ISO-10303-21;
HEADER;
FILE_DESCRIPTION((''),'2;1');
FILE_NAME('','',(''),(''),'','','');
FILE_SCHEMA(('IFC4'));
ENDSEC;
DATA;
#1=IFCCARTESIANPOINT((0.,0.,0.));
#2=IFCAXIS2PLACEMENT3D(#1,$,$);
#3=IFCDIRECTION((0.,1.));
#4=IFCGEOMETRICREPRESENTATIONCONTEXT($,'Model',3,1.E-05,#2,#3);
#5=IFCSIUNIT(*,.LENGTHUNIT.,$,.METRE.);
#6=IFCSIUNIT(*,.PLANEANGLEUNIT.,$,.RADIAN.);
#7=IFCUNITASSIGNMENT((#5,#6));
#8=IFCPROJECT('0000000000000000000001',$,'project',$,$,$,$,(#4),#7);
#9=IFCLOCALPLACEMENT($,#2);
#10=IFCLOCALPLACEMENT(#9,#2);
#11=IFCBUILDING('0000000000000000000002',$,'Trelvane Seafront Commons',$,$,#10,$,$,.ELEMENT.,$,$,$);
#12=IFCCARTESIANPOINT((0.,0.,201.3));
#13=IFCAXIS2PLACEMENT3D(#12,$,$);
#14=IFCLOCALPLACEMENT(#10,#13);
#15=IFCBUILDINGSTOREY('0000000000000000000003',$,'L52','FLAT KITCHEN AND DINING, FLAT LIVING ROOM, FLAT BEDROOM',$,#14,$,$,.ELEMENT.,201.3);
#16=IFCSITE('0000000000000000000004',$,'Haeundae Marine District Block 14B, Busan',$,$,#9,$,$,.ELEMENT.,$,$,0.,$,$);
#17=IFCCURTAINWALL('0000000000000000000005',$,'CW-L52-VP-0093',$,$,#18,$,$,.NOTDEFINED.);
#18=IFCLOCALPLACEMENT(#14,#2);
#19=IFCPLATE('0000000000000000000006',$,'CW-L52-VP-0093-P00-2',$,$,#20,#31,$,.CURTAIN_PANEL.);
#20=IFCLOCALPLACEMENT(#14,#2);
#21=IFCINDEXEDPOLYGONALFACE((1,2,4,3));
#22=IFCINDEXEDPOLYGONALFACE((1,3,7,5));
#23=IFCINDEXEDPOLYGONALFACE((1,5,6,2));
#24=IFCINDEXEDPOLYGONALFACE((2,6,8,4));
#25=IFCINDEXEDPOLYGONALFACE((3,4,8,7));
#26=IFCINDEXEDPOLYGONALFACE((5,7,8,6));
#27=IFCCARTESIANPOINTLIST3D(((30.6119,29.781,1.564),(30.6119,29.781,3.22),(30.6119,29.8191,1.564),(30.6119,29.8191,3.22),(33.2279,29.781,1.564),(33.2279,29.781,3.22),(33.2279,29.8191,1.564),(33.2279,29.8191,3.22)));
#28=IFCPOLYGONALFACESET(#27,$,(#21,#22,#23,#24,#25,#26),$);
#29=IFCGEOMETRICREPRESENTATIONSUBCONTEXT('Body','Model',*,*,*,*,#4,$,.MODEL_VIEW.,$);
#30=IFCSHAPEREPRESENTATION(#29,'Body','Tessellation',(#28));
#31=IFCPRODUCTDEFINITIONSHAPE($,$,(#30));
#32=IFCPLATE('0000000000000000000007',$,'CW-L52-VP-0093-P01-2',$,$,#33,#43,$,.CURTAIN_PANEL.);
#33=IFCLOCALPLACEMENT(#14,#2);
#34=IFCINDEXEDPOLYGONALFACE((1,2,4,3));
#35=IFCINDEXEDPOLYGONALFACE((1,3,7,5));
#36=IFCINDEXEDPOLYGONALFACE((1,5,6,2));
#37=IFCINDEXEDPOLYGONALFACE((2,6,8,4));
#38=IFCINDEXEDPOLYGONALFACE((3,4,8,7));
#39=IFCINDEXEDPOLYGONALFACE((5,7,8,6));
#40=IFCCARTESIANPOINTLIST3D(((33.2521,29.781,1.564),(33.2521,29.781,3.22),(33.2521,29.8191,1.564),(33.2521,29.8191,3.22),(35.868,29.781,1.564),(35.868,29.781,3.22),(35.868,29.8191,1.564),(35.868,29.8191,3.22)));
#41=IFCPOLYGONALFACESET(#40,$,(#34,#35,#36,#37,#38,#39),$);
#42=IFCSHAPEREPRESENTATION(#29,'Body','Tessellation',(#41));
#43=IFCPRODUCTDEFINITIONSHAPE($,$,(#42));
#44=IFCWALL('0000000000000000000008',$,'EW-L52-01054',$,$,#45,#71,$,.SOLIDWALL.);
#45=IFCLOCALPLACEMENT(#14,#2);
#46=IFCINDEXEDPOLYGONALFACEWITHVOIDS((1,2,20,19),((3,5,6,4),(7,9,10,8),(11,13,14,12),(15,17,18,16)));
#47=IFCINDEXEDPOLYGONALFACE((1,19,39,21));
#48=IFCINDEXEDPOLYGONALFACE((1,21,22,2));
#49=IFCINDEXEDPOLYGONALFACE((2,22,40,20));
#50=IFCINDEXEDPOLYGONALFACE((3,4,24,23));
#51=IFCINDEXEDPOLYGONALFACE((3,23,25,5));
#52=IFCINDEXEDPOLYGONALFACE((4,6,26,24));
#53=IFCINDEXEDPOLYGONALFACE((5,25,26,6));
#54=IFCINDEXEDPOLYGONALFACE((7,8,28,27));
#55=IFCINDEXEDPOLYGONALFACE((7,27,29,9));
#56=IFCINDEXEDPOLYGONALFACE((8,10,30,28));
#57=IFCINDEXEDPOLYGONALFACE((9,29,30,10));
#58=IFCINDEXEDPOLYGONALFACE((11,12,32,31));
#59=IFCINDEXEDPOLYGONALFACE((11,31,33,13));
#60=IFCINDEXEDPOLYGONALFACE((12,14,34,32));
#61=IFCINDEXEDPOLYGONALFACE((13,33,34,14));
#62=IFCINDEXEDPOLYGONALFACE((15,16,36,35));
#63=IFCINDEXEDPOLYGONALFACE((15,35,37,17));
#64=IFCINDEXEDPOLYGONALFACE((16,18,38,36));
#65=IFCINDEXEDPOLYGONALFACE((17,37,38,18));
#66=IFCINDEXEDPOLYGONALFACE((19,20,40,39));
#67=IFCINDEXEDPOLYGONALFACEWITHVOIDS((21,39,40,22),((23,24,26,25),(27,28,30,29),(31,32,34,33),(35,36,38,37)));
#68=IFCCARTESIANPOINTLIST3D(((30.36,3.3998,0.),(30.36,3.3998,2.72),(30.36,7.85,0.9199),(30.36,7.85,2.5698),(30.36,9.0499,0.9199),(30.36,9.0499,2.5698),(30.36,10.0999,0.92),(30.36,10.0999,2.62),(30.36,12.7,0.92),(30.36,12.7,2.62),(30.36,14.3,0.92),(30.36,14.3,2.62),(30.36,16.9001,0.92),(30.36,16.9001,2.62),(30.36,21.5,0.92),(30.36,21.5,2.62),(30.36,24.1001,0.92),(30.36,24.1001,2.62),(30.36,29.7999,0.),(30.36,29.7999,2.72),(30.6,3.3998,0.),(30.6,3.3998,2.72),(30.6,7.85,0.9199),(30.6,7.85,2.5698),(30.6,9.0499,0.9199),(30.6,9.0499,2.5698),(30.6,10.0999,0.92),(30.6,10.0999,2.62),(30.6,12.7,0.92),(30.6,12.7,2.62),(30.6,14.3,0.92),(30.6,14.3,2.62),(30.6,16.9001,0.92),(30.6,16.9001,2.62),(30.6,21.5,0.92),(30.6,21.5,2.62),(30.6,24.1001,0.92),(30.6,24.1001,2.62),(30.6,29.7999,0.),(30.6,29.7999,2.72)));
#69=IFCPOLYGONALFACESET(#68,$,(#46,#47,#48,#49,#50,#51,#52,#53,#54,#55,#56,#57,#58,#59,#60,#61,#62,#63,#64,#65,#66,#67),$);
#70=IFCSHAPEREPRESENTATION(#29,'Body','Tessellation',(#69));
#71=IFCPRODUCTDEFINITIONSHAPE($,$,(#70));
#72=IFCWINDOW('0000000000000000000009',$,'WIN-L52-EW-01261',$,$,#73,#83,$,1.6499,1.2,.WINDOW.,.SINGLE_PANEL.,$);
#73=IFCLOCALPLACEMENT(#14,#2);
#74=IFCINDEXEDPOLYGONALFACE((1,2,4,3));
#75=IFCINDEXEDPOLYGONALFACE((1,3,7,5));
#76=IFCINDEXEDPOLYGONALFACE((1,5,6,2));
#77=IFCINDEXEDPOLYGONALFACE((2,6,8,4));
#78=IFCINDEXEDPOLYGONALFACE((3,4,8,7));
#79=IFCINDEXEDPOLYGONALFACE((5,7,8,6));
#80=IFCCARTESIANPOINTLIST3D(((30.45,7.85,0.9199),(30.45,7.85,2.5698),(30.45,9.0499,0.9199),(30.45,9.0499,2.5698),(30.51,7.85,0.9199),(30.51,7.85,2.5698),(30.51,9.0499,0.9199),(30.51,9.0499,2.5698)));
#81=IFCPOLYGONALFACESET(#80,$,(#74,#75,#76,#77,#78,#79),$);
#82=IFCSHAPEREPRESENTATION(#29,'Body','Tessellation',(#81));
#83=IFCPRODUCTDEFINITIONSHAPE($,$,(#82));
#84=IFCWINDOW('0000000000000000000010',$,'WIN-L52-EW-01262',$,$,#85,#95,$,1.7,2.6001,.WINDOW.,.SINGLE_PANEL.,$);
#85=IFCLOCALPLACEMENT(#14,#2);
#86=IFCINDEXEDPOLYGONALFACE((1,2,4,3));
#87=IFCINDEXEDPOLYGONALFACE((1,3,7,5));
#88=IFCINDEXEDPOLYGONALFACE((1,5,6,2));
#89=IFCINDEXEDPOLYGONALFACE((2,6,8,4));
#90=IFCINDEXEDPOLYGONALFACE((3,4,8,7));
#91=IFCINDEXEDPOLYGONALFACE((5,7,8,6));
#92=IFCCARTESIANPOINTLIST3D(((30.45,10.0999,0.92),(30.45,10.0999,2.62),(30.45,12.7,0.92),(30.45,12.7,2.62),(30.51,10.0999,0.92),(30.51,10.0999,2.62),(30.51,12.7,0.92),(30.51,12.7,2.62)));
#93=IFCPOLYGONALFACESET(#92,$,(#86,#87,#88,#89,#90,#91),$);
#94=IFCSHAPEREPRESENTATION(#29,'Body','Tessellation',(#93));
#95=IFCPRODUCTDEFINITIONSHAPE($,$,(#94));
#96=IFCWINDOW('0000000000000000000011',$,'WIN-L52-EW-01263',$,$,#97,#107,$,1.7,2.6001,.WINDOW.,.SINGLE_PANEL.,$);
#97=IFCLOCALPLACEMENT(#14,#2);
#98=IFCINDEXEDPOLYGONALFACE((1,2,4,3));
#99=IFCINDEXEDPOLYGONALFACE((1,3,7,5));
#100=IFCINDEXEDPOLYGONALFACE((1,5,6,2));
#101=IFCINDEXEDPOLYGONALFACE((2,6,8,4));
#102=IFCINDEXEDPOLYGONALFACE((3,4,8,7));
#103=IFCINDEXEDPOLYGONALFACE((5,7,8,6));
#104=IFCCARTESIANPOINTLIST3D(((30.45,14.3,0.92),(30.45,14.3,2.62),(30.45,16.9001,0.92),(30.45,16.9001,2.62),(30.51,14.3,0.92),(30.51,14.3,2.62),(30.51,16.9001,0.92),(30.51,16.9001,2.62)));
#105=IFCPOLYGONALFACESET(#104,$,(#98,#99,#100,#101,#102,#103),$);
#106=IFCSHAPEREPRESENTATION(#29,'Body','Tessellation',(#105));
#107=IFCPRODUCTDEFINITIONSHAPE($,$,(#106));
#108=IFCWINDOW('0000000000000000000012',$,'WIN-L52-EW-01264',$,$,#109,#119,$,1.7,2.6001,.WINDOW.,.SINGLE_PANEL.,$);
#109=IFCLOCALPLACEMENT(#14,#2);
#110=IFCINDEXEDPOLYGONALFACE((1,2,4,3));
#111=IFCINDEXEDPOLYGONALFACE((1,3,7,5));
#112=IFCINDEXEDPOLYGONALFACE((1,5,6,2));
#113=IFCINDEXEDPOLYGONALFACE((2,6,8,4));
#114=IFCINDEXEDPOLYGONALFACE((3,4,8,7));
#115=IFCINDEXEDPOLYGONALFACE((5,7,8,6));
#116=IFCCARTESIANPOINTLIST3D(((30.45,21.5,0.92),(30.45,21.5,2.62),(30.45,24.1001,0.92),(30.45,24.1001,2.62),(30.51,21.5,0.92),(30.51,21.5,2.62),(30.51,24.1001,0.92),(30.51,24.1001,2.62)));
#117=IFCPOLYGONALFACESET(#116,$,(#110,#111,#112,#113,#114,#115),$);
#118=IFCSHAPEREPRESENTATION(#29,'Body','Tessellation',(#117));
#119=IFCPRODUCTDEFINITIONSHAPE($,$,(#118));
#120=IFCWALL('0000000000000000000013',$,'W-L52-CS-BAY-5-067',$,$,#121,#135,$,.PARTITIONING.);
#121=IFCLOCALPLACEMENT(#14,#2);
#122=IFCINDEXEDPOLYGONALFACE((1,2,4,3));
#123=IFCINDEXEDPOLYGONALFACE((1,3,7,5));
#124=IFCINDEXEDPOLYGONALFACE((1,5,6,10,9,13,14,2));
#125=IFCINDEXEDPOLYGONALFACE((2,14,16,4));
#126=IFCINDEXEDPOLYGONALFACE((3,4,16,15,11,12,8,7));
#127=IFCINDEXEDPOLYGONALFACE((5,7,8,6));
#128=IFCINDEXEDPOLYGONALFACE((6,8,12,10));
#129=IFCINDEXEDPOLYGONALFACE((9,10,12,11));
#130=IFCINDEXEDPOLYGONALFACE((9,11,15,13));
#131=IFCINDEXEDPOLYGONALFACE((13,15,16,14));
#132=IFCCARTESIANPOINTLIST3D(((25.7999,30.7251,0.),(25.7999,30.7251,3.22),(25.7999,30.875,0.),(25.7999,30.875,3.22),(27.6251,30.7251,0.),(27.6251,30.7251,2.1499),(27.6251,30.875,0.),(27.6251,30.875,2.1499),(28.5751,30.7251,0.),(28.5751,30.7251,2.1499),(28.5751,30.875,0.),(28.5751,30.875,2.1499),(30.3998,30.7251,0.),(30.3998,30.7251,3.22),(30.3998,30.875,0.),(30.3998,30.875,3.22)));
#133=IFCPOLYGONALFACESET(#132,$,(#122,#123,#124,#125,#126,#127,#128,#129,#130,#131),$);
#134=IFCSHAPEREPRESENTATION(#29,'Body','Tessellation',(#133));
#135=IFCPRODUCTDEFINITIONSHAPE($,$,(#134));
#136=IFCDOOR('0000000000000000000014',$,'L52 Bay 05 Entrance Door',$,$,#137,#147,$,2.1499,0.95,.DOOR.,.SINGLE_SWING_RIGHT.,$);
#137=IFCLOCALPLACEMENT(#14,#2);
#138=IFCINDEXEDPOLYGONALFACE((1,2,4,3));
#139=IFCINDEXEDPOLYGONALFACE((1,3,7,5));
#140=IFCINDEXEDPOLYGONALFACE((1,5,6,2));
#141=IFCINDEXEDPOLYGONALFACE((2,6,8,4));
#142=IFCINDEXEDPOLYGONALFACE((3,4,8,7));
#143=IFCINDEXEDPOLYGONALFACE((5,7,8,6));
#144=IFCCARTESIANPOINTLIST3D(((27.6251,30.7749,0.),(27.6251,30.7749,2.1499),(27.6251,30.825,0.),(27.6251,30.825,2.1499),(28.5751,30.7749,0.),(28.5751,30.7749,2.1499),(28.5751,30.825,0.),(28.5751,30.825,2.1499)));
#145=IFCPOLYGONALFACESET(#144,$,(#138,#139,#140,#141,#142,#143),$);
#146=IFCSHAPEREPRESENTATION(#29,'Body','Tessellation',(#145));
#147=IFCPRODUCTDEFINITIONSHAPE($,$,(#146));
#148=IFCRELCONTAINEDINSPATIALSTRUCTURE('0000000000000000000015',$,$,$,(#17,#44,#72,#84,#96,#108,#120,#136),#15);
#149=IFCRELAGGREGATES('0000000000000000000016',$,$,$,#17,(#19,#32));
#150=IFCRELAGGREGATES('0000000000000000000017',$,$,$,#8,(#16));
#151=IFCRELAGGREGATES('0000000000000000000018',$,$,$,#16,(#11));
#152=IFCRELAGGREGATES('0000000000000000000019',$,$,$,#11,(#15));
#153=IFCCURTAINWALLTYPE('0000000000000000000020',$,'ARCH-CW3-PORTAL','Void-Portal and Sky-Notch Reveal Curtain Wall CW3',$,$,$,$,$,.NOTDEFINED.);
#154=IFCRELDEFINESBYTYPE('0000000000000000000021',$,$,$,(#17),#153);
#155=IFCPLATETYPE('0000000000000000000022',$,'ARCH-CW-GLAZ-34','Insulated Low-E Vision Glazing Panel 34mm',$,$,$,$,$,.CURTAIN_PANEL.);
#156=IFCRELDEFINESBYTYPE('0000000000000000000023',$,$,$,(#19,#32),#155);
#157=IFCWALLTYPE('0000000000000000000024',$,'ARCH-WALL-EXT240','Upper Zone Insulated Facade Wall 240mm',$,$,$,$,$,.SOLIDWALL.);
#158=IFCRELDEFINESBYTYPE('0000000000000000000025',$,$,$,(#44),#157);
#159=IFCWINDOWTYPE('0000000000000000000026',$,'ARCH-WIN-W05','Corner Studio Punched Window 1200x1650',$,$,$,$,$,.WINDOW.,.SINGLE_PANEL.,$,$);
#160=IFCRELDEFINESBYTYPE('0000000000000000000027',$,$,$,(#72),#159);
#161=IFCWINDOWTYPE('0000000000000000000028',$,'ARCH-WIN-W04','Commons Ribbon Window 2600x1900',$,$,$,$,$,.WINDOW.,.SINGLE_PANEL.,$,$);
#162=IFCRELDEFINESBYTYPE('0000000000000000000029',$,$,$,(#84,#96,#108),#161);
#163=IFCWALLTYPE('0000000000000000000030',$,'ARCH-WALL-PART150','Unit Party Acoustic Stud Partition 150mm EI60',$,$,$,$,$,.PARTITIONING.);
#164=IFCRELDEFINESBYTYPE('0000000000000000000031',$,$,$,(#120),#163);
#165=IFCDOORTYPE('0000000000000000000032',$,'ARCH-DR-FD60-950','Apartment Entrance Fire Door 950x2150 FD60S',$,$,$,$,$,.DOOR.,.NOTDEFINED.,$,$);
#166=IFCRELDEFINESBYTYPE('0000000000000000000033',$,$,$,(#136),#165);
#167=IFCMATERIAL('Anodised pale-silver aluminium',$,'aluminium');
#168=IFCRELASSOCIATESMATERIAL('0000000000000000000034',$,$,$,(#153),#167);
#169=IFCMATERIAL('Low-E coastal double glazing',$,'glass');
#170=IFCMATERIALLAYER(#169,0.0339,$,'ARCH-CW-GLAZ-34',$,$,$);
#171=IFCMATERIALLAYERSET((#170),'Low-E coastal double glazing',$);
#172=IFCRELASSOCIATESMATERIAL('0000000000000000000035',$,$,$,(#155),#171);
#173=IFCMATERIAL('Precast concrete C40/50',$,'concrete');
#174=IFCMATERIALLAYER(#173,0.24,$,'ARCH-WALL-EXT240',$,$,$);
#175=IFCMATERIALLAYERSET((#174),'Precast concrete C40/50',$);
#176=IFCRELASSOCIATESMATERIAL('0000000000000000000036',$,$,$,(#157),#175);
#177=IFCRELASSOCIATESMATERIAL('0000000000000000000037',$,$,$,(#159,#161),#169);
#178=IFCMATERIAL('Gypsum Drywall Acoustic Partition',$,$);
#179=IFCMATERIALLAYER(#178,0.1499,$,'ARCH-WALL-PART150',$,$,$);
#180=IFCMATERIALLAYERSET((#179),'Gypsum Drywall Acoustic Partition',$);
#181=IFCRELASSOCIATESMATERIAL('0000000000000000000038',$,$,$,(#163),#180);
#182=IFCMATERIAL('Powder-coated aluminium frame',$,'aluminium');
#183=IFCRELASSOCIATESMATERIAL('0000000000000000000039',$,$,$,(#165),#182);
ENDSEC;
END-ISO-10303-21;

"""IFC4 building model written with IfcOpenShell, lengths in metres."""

from ifc_helpers import new_model, si_unit, direction, frame, frame_2d, origin, origin_2d, place, context, subcontext, project, spatial, rectangle, extrude, source, transform, mapped, material, layer, layer_set, type_object, element, fill, aggregate, save


model = new_model("IFC4")

# Units and contexts
model_context = context("Model", 3, precision=1e-05, world=origin(), true_north=direction((0.0, 1.0)))
body_context = subcontext(model_context, "Body", "Model", "MODEL_VIEW")
ifc_project = project(units=[si_unit("LENGTHUNIT", "METRE"), si_unit("PLANEANGLEUNIT", "RADIAN")], contexts=[model_context])

# Site, building, storey
site_placement = place(None, origin())
site = spatial("IfcSite", under=ifc_project, at=site_placement, Name="Haeundae Marine District Block 14B, Busan", CompositionType="ELEMENT", RefElevation=0.0)
building_placement = place(site_placement, origin())
building = spatial("IfcBuilding", under=site, at=building_placement, Name="Trelvane Seafront Commons", CompositionType="ELEMENT")
storey_placement = place(building_placement, frame((0.0, 0.0, 201.3)))
storey = spatial("IfcBuildingStorey", under=building, at=storey_placement, Name="L52", Description="FLAT KITCHEN AND DINING, FLAT LIVING ROOM, FLAT BEDROOM", CompositionType="ELEMENT", Elevation=201.3)

# Curtain wall, plates
ifc_material_1 = material(Name="Anodised pale-silver aluminium", Category="aluminium")
curtain_wall_type = type_object("IfcCurtainWallType", Name="ARCH-CW3-PORTAL", Description="Void-Portal and Sky-Notch Reveal Curtain Wall CW3", PredefinedType="NOTDEFINED", material=ifc_material_1)
curtain_wall_placement = place(storey_placement, origin())
curtain_wall = element("IfcCurtainWall", 1, at=curtain_wall_placement, inside=storey, type_object=curtain_wall_type, Name="CW-L52-VP-0093", PredefinedType="NOTDEFINED")
ifc_material_2 = material(Name="Low-E coastal double glazing", Category="glass")
ifc_layer_1 = layer(ifc_material_2, 0.0339, Name="ARCH-CW-GLAZ-34")
ifc_layer_set_1 = layer_set([ifc_layer_1], Name="Low-E coastal double glazing")
plate_type = type_object("IfcPlateType", Name="ARCH-CW-GLAZ-34", Description="Insulated Low-E Vision Glazing Panel 34mm", PredefinedType="CURTAIN_PANEL", material=ifc_layer_set_1)
shared_shape_1 = source(origin(), body_context, "Body", "SweptSolid", [
    extrude(rectangle(XDim=2.616, YDim=0.0381, at=origin_2d()), origin(), (0.0, 0.0, 1.0), 1.656),
])
plate_1_placement = place(storey_placement, frame((31.9199, 29.8, 1.564), z_axis=(0.0, 0.0, 1.0), x_axis=(1.0, 0.0, 0.0)))
plate_1 = element("IfcPlate", 2, at=plate_1_placement, type_object=plate_type, Name="CW-L52-VP-0093-P00-2", PredefinedType="CURTAIN_PANEL", context=body_context, shape_type="MappedRepresentation", body=[
    mapped(shared_shape_1, transform((0.0, 0.0, 0.0), x_axis=(1.0, 0.0, 0.0), y_axis=(0.0, 1.0, 0.0), z_axis=(0.0, 0.0, 1.0), scale=1.0)),
])
plate_2_placement = place(storey_placement, frame((34.5601, 29.8, 1.564), z_axis=(0.0, 0.0, 1.0), x_axis=(1.0, 0.0, 0.0)))
plate_2 = element("IfcPlate", 3, at=plate_2_placement, type_object=plate_type, Name="CW-L52-VP-0093-P01-2", PredefinedType="CURTAIN_PANEL", context=body_context, shape_type="MappedRepresentation", body=[
    mapped(shared_shape_1, transform((0.0, 0.0, 0.0), x_axis=(1.0, 0.0, 0.0), y_axis=(0.0, 1.0, 0.0), z_axis=(0.0, 0.0, 1.0), scale=1.0)),
])
aggregate(curtain_wall, [plate_1, plate_2])

# Wall, openings, windows
ifc_material_3 = material(Name="Precast concrete C40/50", Category="concrete")
ifc_layer_2 = layer(ifc_material_3, 0.24, Name="ARCH-WALL-EXT240")
ifc_layer_set_2 = layer_set([ifc_layer_2], Name="Precast concrete C40/50")
wall_type_1 = type_object("IfcWallType", Name="ARCH-WALL-EXT240", Description="Upper Zone Insulated Facade Wall 240mm", PredefinedType="SOLIDWALL", material=ifc_layer_set_2)
wall_1_placement = place(storey_placement, frame((30.48, 29.8, 0.0), z_axis=(0.0, 0.0, 1.0), x_axis=(0.0, -1.0, 0.0)))
wall_1 = element("IfcWall", 4, at=wall_1_placement, inside=storey, type_object=wall_type_1, Name="EW-L52-01054", PredefinedType="SOLIDWALL", context=body_context, shape_type="SweptSolid", body=[
    extrude(rectangle(XDim=26.4001, YDim=0.24, at=frame_2d((13.2002, 0.0))), origin(), (0.0, 0.0, 1.0), 2.72),
])
opening_1_placement = place(wall_1_placement, frame((20.75, 0.0, 0.9199)))
opening_1 = element("IfcOpeningElement", 5, at=opening_1_placement, cuts=wall_1, PredefinedType="OPENING", context=body_context, shape_type="SweptSolid", body=[
    extrude(rectangle(XDim=1.2, YDim=1.6499, at=frame_2d((0.6001, 0.825))), frame((0.0, 0.1299, 0.0), z_axis=(0.0, -1.0, 0.0), x_axis=(1.0, 0.0, 0.0)), (0.0, 0.0, 1.0), 0.26),
])
opening_2_placement = place(wall_1_placement, frame((17.1001, 0.0, 0.9199)))
opening_2 = element("IfcOpeningElement", 6, at=opening_2_placement, cuts=wall_1, PredefinedType="OPENING", context=body_context, shape_type="SweptSolid", body=[
    extrude(rectangle(XDim=2.6001, YDim=1.7, at=frame_2d((1.3, 0.8501))), frame((0.0, 0.1299, 0.0), z_axis=(0.0, -1.0, 0.0), x_axis=(1.0, 0.0, 0.0)), (0.0, 0.0, 1.0), 0.26),
])
opening_3_placement = place(wall_1_placement, frame((12.8999, 0.0, 0.9199)))
opening_3 = element("IfcOpeningElement", 7, at=opening_3_placement, cuts=wall_1, PredefinedType="OPENING", context=body_context, shape_type="SweptSolid", body=[
    extrude(rectangle(XDim=2.6001, YDim=1.7, at=frame_2d((1.3, 0.8501))), frame((0.0, 0.1299, 0.0), z_axis=(0.0, -1.0, 0.0), x_axis=(1.0, 0.0, 0.0)), (0.0, 0.0, 1.0), 0.26),
])
opening_4_placement = place(wall_1_placement, frame((5.7, 0.0, 0.9199)))
opening_4 = element("IfcOpeningElement", 8, at=opening_4_placement, cuts=wall_1, PredefinedType="OPENING", context=body_context, shape_type="SweptSolid", body=[
    extrude(rectangle(XDim=2.6001, YDim=1.7, at=frame_2d((1.3, 0.8501))), frame((0.0, 0.1299, 0.0), z_axis=(0.0, -1.0, 0.0), x_axis=(1.0, 0.0, 0.0)), (0.0, 0.0, 1.0), 0.26),
])
window_type_1 = type_object("IfcWindowType", Name="ARCH-WIN-W05", Description="Corner Studio Punched Window 1200x1650", PartitioningType="SINGLE_PANEL", PredefinedType="WINDOW", material=ifc_material_2)
shared_shape_2 = source(origin(), body_context, "Body", "SweptSolid", [
    extrude(rectangle(XDim=1.2, YDim=1.6499, at=frame_2d((0.6001, 0.825))), frame((0.0, 0.03, 0.0), z_axis=(0.0, -1.0, 0.0), x_axis=(1.0, 0.0, 0.0)), (0.0, 0.0, 1.0), 0.0601),
])
window_1_placement = place(opening_1_placement, origin())
window_1 = element("IfcWindow", 9, at=window_1_placement, inside=storey, type_object=window_type_1, Name="WIN-L52-EW-01261", OverallHeight=1.6499, OverallWidth=1.2, PartitioningType="SINGLE_PANEL", PredefinedType="WINDOW", context=body_context, shape_type="MappedRepresentation", body=[
    mapped(shared_shape_2, transform((0.0, 0.0, 0.0), x_axis=(1.0, 0.0, 0.0), y_axis=(0.0, 1.0, 0.0), z_axis=(0.0, 0.0, 1.0), scale=1.0)),
])
fill(opening_1, window_1)
window_type_2 = type_object("IfcWindowType", Name="ARCH-WIN-W04", Description="Commons Ribbon Window 2600x1900", PartitioningType="SINGLE_PANEL", PredefinedType="WINDOW", material=ifc_material_2)
shared_shape_3 = source(origin(), body_context, "Body", "SweptSolid", [
    extrude(rectangle(XDim=2.6001, YDim=1.7, at=frame_2d((1.3, 0.8501))), frame((0.0, 0.03, 0.0), z_axis=(0.0, -1.0, 0.0), x_axis=(1.0, 0.0, 0.0)), (0.0, 0.0, 1.0), 0.0601),
])
window_2_placement = place(opening_2_placement, origin())
window_2 = element("IfcWindow", 10, at=window_2_placement, inside=storey, type_object=window_type_2, Name="WIN-L52-EW-01262", OverallHeight=1.7, OverallWidth=2.6001, PartitioningType="SINGLE_PANEL", PredefinedType="WINDOW", context=body_context, shape_type="MappedRepresentation", body=[
    mapped(shared_shape_3, transform((0.0, 0.0, 0.0), x_axis=(1.0, 0.0, 0.0), y_axis=(0.0, 1.0, 0.0), z_axis=(0.0, 0.0, 1.0), scale=1.0)),
])
fill(opening_2, window_2)
window_3_placement = place(opening_3_placement, origin())
window_3 = element("IfcWindow", 11, at=window_3_placement, inside=storey, type_object=window_type_2, Name="WIN-L52-EW-01263", OverallHeight=1.7, OverallWidth=2.6001, PartitioningType="SINGLE_PANEL", PredefinedType="WINDOW", context=body_context, shape_type="MappedRepresentation", body=[
    mapped(shared_shape_3, transform((0.0, 0.0, 0.0), x_axis=(1.0, 0.0, 0.0), y_axis=(0.0, 1.0, 0.0), z_axis=(0.0, 0.0, 1.0), scale=1.0)),
])
fill(opening_3, window_3)
window_4_placement = place(opening_4_placement, origin())
window_4 = element("IfcWindow", 12, at=window_4_placement, inside=storey, type_object=window_type_2, Name="WIN-L52-EW-01264", OverallHeight=1.7, OverallWidth=2.6001, PartitioningType="SINGLE_PANEL", PredefinedType="WINDOW", context=body_context, shape_type="MappedRepresentation", body=[
    mapped(shared_shape_3, transform((0.0, 0.0, 0.0), x_axis=(1.0, 0.0, 0.0), y_axis=(0.0, 1.0, 0.0), z_axis=(0.0, 0.0, 1.0), scale=1.0)),
])
fill(opening_4, window_4)

# Wall, opening, door
ifc_material_4 = material(Name="Gypsum Drywall Acoustic Partition")
ifc_layer_3 = layer(ifc_material_4, 0.1499, Name="ARCH-WALL-PART150")
ifc_layer_set_3 = layer_set([ifc_layer_3], Name="Gypsum Drywall Acoustic Partition")
wall_type_2 = type_object("IfcWallType", Name="ARCH-WALL-PART150", Description="Unit Party Acoustic Stud Partition 150mm EI60", PredefinedType="PARTITIONING", material=ifc_layer_set_3)
wall_2_placement = place(storey_placement, frame((25.8, 30.8, 0.0), z_axis=(0.0, 0.0, 1.0), x_axis=(1.0, 0.0, 0.0)))
wall_2 = element("IfcWall", 13, at=wall_2_placement, inside=storey, type_object=wall_type_2, Name="W-L52-CS-BAY-5-067", PredefinedType="PARTITIONING", context=body_context, shape_type="SweptSolid", body=[
    extrude(rectangle(XDim=4.5999, YDim=0.1499, at=frame_2d((2.2998, 0.0))), origin(), (0.0, 0.0, 1.0), 3.22),
])
opening_5_placement = place(wall_2_placement, frame((1.825, 0.0, 0.0)))
opening_5 = element("IfcOpeningElement", 14, at=opening_5_placement, cuts=wall_2, PredefinedType="OPENING", context=body_context, shape_type="SweptSolid", body=[
    extrude(rectangle(XDim=0.95, YDim=2.1499, at=frame_2d((0.4751, 1.075))), frame((0.0, 0.085, 0.0), z_axis=(0.0, -1.0, 0.0), x_axis=(1.0, 0.0, 0.0)), (0.0, 0.0, 1.0), 0.1699),
])
ifc_material_5 = material(Name="Powder-coated aluminium frame", Category="aluminium")
door_type = type_object("IfcDoorType", Name="ARCH-DR-FD60-950", Description="Apartment Entrance Fire Door 950x2150 FD60S", OperationType="NOTDEFINED", PredefinedType="DOOR", material=ifc_material_5)
shared_shape_4 = source(origin(), body_context, "Body", "SweptSolid", [
    extrude(rectangle(XDim=0.95, YDim=2.1499, at=frame_2d((0.4751, 1.075))), frame((0.0, 0.0249, 0.0), z_axis=(0.0, -1.0, 0.0), x_axis=(1.0, 0.0, 0.0)), (0.0, 0.0, 1.0), 0.05),
])
door_placement = place(opening_5_placement, origin())
door = element("IfcDoor", 15, at=door_placement, inside=storey, type_object=door_type, Name="L52 Bay 05 Entrance Door", OperationType="SINGLE_SWING_RIGHT", OverallHeight=2.1499, OverallWidth=0.95, PredefinedType="DOOR", context=body_context, shape_type="MappedRepresentation", body=[
    mapped(shared_shape_4, transform((0.0, 0.0, 0.0), x_axis=(1.0, 0.0, 0.0), y_axis=(0.0, 1.0, 0.0), z_axis=(0.0, 0.0, 1.0), scale=1.0)),
])
fill(opening_5, door)

save(model, "model.ifc")
